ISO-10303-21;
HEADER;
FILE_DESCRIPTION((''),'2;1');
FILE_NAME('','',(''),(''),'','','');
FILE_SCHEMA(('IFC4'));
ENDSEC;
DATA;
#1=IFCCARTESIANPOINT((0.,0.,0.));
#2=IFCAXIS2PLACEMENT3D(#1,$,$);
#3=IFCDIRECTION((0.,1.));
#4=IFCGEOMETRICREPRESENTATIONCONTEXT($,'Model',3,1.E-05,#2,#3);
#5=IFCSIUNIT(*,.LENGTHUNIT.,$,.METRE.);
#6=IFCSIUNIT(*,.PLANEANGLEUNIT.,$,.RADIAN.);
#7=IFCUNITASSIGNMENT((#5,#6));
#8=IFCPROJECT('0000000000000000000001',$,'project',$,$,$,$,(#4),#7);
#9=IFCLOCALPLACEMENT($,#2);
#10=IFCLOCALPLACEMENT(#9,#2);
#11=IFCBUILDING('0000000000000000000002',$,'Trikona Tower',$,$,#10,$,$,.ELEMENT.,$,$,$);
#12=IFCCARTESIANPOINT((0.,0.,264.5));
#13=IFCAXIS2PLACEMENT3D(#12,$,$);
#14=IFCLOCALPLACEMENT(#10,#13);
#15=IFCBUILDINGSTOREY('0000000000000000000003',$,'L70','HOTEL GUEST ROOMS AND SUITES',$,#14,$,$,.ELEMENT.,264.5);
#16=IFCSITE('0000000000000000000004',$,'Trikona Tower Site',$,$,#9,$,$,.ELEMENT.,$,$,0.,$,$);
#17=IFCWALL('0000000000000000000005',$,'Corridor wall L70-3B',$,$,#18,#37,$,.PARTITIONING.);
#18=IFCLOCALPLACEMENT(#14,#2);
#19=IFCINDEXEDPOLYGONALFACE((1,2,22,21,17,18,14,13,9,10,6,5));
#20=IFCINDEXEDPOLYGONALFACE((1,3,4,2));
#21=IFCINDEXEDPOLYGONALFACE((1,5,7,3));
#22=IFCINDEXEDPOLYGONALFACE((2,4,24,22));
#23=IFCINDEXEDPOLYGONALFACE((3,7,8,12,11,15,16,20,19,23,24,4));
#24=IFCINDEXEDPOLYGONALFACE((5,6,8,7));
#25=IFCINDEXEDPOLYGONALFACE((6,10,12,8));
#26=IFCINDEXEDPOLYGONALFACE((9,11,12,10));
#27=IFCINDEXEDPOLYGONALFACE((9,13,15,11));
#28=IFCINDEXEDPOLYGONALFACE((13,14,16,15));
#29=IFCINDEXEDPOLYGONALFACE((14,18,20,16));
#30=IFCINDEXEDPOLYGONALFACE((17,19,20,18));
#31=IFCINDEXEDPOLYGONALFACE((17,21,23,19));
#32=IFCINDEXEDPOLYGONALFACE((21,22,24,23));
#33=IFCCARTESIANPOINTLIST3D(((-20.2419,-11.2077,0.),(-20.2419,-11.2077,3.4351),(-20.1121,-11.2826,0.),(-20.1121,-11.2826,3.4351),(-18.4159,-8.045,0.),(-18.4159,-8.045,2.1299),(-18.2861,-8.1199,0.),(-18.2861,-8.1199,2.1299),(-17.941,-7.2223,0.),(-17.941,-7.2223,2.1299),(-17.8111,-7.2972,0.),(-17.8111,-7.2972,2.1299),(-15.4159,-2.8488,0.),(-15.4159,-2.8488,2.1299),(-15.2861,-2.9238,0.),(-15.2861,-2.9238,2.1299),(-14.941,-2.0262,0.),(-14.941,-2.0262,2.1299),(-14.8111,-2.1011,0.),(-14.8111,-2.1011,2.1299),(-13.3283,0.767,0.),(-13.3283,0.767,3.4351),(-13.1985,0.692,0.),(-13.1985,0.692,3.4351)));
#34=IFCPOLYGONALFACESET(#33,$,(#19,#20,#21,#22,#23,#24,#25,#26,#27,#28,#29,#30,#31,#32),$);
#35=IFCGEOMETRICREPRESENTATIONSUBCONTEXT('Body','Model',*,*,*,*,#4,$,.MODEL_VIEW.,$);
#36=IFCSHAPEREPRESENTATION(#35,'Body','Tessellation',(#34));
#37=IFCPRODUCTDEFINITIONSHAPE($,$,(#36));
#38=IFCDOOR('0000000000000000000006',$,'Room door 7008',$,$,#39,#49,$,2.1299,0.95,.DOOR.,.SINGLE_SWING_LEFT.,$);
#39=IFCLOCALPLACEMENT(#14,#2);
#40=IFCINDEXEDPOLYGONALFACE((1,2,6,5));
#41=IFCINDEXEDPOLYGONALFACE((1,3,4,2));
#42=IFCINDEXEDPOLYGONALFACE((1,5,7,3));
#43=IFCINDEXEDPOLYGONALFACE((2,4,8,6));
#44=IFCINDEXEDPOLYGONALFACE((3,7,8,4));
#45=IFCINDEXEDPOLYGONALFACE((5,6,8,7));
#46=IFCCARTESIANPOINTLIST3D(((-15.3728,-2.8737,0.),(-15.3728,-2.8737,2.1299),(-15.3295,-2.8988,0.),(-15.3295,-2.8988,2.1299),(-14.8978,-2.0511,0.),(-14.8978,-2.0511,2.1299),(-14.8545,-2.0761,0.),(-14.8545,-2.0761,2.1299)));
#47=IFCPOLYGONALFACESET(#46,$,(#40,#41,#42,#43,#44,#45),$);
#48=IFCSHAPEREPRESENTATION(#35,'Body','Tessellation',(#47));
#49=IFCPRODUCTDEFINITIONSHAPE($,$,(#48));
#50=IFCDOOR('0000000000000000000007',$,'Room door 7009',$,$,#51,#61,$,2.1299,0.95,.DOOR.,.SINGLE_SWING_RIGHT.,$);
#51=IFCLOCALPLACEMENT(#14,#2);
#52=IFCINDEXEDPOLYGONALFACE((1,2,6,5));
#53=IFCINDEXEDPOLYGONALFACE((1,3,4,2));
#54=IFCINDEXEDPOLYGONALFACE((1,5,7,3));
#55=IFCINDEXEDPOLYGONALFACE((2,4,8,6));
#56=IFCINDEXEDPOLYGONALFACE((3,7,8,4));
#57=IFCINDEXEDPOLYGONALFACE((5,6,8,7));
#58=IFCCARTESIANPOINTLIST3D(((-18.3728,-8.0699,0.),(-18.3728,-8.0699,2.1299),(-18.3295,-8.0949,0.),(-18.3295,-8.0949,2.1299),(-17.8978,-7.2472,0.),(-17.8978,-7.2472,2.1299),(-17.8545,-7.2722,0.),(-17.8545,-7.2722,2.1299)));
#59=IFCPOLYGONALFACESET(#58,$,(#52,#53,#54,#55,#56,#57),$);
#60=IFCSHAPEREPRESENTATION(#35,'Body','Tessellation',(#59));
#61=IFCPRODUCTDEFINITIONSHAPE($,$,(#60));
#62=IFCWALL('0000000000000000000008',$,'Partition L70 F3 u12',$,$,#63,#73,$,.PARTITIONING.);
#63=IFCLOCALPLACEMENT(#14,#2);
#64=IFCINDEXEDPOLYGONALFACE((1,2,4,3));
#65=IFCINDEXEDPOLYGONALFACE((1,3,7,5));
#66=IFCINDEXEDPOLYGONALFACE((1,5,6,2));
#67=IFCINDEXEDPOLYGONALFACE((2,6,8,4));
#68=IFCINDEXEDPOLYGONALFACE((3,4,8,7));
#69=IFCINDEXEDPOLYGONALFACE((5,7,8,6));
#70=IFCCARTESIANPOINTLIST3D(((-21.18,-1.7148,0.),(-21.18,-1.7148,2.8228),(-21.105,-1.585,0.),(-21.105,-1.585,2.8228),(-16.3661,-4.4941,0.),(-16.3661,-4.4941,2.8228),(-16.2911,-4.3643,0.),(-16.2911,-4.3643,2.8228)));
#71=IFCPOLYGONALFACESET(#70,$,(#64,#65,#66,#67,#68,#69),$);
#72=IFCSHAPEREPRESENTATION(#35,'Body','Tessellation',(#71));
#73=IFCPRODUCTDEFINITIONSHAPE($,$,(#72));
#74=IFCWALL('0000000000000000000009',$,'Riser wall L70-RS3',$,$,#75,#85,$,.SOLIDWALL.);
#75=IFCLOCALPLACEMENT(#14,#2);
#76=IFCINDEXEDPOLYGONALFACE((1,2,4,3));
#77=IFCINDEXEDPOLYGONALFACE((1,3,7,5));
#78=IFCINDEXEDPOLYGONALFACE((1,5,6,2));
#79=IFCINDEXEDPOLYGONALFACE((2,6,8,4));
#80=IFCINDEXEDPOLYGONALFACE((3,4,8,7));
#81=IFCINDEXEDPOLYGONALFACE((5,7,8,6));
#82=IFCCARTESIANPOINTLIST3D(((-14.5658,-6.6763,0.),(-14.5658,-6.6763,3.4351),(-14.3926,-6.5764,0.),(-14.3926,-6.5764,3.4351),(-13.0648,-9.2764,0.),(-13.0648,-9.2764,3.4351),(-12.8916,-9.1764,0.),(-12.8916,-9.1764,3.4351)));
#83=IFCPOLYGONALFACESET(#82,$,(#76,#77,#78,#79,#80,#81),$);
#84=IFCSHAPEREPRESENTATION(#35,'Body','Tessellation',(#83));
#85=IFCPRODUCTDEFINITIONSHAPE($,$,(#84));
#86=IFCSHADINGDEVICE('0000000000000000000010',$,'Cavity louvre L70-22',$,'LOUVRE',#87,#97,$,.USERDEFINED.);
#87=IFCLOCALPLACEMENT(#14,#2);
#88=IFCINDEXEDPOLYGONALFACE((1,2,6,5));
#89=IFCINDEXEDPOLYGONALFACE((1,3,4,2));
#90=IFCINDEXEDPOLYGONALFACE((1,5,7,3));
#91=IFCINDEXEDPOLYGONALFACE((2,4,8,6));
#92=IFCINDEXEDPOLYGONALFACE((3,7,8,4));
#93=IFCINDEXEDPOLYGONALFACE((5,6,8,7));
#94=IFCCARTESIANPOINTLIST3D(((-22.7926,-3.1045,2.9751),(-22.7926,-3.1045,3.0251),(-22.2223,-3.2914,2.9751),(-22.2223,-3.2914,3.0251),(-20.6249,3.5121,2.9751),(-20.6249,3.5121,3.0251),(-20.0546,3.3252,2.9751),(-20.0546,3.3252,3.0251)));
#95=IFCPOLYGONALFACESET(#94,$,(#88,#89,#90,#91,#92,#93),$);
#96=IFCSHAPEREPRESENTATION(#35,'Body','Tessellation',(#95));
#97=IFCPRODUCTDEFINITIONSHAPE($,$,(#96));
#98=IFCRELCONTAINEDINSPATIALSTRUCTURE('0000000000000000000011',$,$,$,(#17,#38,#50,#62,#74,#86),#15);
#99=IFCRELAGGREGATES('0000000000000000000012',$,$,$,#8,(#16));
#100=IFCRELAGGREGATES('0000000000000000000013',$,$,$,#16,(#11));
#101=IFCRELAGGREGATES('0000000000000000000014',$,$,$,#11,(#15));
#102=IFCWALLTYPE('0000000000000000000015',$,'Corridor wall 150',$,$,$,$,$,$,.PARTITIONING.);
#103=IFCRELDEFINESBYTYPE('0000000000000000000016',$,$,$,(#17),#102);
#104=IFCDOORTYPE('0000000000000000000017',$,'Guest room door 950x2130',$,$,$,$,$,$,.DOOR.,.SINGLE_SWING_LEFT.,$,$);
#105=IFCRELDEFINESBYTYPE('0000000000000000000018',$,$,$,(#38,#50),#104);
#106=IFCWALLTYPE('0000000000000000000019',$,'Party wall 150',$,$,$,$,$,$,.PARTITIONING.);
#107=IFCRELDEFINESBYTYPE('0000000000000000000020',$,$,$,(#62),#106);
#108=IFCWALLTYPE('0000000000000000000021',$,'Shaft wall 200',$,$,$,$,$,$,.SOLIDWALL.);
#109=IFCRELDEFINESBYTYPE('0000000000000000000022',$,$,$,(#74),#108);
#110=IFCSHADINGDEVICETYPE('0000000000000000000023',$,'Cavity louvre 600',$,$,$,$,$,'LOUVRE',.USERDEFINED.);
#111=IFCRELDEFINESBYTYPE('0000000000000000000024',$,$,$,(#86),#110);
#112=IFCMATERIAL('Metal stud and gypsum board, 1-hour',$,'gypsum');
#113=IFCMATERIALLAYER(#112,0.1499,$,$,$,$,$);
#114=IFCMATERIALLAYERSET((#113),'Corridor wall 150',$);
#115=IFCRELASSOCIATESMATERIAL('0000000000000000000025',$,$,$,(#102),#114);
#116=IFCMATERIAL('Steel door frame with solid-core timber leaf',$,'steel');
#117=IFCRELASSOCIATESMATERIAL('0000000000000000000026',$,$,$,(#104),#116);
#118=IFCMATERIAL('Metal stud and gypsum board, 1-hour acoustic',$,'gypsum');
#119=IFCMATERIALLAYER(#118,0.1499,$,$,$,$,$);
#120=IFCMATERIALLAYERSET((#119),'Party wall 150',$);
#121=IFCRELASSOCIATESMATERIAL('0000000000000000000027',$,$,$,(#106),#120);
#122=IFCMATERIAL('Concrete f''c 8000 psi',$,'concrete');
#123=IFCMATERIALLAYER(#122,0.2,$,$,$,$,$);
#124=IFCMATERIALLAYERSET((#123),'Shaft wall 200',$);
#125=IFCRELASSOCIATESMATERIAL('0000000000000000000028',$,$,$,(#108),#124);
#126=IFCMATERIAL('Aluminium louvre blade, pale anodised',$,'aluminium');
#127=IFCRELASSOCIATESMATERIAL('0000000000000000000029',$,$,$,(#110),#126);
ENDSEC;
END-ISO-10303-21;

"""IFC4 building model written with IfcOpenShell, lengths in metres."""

from ifc_helpers import new_model, si_unit, direction, frame, frame_2d, origin, origin_2d, place, context, subcontext, project, spatial, rectangle, extrude, material, layer, layer_set, type_object, element, fill, save


model = new_model("IFC4")

# Units and contexts
model_context = context("Model", 3, precision=1e-05, world=origin(), true_north=direction((0.0, 1.0)))
body_context = subcontext(model_context, "Body", "Model", "MODEL_VIEW")
ifc_project = project(units=[si_unit("LENGTHUNIT", "METRE"), si_unit("PLANEANGLEUNIT", "RADIAN")], contexts=[model_context])

# Site, building, storey
site_placement = place(None, origin())
site = spatial("IfcSite", under=ifc_project, at=site_placement, Name="Trikona Tower Site", CompositionType="ELEMENT", RefElevation=0.0)
building_placement = place(site_placement, origin())
building = spatial("IfcBuilding", under=site, at=building_placement, Name="Trikona Tower", CompositionType="ELEMENT")
storey_placement = place(building_placement, frame((0.0, 0.0, 264.5)))
storey = spatial("IfcBuildingStorey", under=building, at=storey_placement, Name="L70", Description="HOTEL GUEST ROOMS AND SUITES", CompositionType="ELEMENT", Elevation=264.5)

# Wall, openings, doors
ifc_material_1 = material(Name="Metal stud and gypsum board, 1-hour", Category="gypsum")
ifc_layer_1 = layer(ifc_material_1, 0.1499)
ifc_layer_set_1 = layer_set([ifc_layer_1], Name="Corridor wall 150")
wall_type_1 = type_object("IfcWallType", Name="Corridor wall 150", PredefinedType="PARTITIONING", material=ifc_layer_set_1)
wall_1_placement = place(storey_placement, frame((-13.2634, 0.7295, 0.0), z_axis=(0.0, 0.0, 1.0), x_axis=(-0.500002, -0.866024, 0.0)))
wall_1 = element("IfcWall", 1, at=wall_1_placement, inside=storey, type_object=wall_type_1, Name="Corridor wall L70-3B", PredefinedType="PARTITIONING", context=body_context, shape_type="SweptSolid", body=[
    extrude(rectangle(XDim=13.8271, YDim=0.1499, at=frame_2d((6.9136, 0.0))), origin(), (0.0, 0.0, 1.0), 3.4351),
])
opening_1_placement = place(wall_1_placement, frame((3.2251, 0.0, 0.0)))
opening_1 = element("IfcOpeningElement", 2, at=opening_1_placement, cuts=wall_1, PredefinedType="OPENING", context=body_context, shape_type="SweptSolid", body=[
    extrude(rectangle(XDim=0.95, YDim=2.1299, at=frame_2d((0.4751, 1.0649))), frame((0.0, 0.085, 0.0), z_axis=(0.0, -1.0, 0.0), x_axis=(1.0, 0.0, 0.0)), (0.0, 0.0, 1.0), 0.1699),
])
opening_2_placement = place(wall_1_placement, frame((9.2251, 0.0, 0.0)))
opening_2 = element("IfcOpeningElement", 3, at=opening_2_placement, cuts=wall_1, PredefinedType="OPENING", context=body_context, shape_type="SweptSolid", body=[
    extrude(rectangle(XDim=0.95, YDim=2.1299, at=frame_2d((0.4751, 1.0649))), frame((0.0, 0.085, 0.0), z_axis=(0.0, -1.0, 0.0), x_axis=(1.0, 0.0, 0.0)), (0.0, 0.0, 1.0), 0.1699),
])
ifc_material_2 = material(Name="Steel door frame with solid-core timber leaf", Category="steel")
door_type_1 = type_object("IfcDoorType", Name="Guest room door 950x2130", OperationType="SINGLE_SWING_LEFT", PredefinedType="DOOR", material=ifc_material_2)
door_1_placement = place(opening_1_placement, origin())
door_1 = element("IfcDoor", 4, at=door_1_placement, inside=storey, type_object=door_type_1, Name="Room door 7008", OperationType="SINGLE_SWING_LEFT", OverallHeight=2.1299, OverallWidth=0.95, PredefinedType="DOOR", context=body_context, shape_type="SweptSolid", body=[
    extrude(rectangle(XDim=0.95, YDim=2.1299, at=frame_2d((0.4751, 1.0649))), frame((0.0, 0.0249, 0.0), z_axis=(0.0, -1.0, 0.0), x_axis=(1.0, 0.0, 0.0)), (0.0, 0.0, 1.0), 0.05),
])
fill(opening_1, door_1)
door_2_placement = place(opening_2_placement, origin())
door_2 = element("IfcDoor", 5, at=door_2_placement, inside=storey, type_object=door_type_1, Name="Room door 7009", OperationType="SINGLE_SWING_RIGHT", OverallHeight=2.1299, OverallWidth=0.95, PredefinedType="DOOR", context=body_context, shape_type="SweptSolid", body=[
    extrude(rectangle(XDim=0.95, YDim=2.1299, at=frame_2d((0.4751, 1.0649))), frame((0.0, 0.0249, 0.0), z_axis=(0.0, -1.0, 0.0), x_axis=(1.0, 0.0, 0.0)), (0.0, 0.0, 1.0), 0.05),
])
fill(opening_2, door_2)

# Walls
ifc_material_3 = material(Name="Metal stud and gypsum board, 1-hour acoustic", Category="gypsum")
ifc_layer_2 = layer(ifc_material_3, 0.1499)
ifc_layer_set_2 = layer_set([ifc_layer_2], Name="Party wall 150")
wall_type_2 = type_object("IfcWallType", Name="Party wall 150", PredefinedType="PARTITIONING", material=ifc_layer_set_2)
wall_2_placement = place(storey_placement, frame((-16.3286, -4.4292, 0.0), z_axis=(0.0, 0.0, 1.0), x_axis=(-0.866029, 0.499994, 0.0)))
element("IfcWall", 6, at=wall_2_placement, inside=storey, type_object=wall_type_2, Name="Partition L70 F3 u12", PredefinedType="PARTITIONING", context=body_context, shape_type="SweptSolid", body=[
    extrude(rectangle(XDim=5.5586, YDim=0.1499, at=frame_2d((2.7793, 0.0))), origin(), (0.0, 0.0, 1.0), 2.8228),
])
ifc_material_4 = material(Name="Concrete f'c 8000 psi", Category="concrete")
ifc_layer_3 = layer(ifc_material_4, 0.2)
ifc_layer_set_3 = layer_set([ifc_layer_3], Name="Shaft wall 200")
wall_type_3 = type_object("IfcWallType", Name="Shaft wall 200", PredefinedType="SOLIDWALL", material=ifc_layer_set_3)
wall_3_placement = place(storey_placement, frame((-12.9783, -9.2263, 0.0), z_axis=(0.0, 0.0, 1.0), x_axis=(-0.499952, 0.866053, 0.0)))
element("IfcWall", 7, at=wall_3_placement, inside=storey, type_object=wall_type_3, Name="Riser wall L70-RS3", PredefinedType="SOLIDWALL", context=body_context, shape_type="SweptSolid", body=[
    extrude(rectangle(XDim=3.0022, YDim=0.2, at=frame_2d((1.501, 0.0))), origin(), (0.0, 0.0, 1.0), 3.4351),
])

# Shading device
ifc_material_5 = material(Name="Aluminium louvre blade, pale anodised", Category="aluminium")
shading_device_type = type_object("IfcShadingDeviceType", Name="Cavity louvre 600", ElementType="LOUVRE", PredefinedType="USERDEFINED", material=ifc_material_5)
shading_device_placement = place(storey_placement, frame((-21.4236, 0.1104, 2.9751), z_axis=(0.0, 0.0, 1.0), x_axis=(-0.311337, -0.9503, 0.0)))
element("IfcShadingDevice", 8, at=shading_device_placement, inside=storey, type_object=shading_device_type, Name="Cavity louvre L70-22", ObjectType="LOUVRE", PredefinedType="USERDEFINED", context=body_context, shape_type="SweptSolid", body=[
    extrude(rectangle(XDim=6.9626, YDim=0.6001, at=origin_2d()), origin(), (0.0, 0.0, 1.0), 0.05),
])

save(model, "model.ifc")
